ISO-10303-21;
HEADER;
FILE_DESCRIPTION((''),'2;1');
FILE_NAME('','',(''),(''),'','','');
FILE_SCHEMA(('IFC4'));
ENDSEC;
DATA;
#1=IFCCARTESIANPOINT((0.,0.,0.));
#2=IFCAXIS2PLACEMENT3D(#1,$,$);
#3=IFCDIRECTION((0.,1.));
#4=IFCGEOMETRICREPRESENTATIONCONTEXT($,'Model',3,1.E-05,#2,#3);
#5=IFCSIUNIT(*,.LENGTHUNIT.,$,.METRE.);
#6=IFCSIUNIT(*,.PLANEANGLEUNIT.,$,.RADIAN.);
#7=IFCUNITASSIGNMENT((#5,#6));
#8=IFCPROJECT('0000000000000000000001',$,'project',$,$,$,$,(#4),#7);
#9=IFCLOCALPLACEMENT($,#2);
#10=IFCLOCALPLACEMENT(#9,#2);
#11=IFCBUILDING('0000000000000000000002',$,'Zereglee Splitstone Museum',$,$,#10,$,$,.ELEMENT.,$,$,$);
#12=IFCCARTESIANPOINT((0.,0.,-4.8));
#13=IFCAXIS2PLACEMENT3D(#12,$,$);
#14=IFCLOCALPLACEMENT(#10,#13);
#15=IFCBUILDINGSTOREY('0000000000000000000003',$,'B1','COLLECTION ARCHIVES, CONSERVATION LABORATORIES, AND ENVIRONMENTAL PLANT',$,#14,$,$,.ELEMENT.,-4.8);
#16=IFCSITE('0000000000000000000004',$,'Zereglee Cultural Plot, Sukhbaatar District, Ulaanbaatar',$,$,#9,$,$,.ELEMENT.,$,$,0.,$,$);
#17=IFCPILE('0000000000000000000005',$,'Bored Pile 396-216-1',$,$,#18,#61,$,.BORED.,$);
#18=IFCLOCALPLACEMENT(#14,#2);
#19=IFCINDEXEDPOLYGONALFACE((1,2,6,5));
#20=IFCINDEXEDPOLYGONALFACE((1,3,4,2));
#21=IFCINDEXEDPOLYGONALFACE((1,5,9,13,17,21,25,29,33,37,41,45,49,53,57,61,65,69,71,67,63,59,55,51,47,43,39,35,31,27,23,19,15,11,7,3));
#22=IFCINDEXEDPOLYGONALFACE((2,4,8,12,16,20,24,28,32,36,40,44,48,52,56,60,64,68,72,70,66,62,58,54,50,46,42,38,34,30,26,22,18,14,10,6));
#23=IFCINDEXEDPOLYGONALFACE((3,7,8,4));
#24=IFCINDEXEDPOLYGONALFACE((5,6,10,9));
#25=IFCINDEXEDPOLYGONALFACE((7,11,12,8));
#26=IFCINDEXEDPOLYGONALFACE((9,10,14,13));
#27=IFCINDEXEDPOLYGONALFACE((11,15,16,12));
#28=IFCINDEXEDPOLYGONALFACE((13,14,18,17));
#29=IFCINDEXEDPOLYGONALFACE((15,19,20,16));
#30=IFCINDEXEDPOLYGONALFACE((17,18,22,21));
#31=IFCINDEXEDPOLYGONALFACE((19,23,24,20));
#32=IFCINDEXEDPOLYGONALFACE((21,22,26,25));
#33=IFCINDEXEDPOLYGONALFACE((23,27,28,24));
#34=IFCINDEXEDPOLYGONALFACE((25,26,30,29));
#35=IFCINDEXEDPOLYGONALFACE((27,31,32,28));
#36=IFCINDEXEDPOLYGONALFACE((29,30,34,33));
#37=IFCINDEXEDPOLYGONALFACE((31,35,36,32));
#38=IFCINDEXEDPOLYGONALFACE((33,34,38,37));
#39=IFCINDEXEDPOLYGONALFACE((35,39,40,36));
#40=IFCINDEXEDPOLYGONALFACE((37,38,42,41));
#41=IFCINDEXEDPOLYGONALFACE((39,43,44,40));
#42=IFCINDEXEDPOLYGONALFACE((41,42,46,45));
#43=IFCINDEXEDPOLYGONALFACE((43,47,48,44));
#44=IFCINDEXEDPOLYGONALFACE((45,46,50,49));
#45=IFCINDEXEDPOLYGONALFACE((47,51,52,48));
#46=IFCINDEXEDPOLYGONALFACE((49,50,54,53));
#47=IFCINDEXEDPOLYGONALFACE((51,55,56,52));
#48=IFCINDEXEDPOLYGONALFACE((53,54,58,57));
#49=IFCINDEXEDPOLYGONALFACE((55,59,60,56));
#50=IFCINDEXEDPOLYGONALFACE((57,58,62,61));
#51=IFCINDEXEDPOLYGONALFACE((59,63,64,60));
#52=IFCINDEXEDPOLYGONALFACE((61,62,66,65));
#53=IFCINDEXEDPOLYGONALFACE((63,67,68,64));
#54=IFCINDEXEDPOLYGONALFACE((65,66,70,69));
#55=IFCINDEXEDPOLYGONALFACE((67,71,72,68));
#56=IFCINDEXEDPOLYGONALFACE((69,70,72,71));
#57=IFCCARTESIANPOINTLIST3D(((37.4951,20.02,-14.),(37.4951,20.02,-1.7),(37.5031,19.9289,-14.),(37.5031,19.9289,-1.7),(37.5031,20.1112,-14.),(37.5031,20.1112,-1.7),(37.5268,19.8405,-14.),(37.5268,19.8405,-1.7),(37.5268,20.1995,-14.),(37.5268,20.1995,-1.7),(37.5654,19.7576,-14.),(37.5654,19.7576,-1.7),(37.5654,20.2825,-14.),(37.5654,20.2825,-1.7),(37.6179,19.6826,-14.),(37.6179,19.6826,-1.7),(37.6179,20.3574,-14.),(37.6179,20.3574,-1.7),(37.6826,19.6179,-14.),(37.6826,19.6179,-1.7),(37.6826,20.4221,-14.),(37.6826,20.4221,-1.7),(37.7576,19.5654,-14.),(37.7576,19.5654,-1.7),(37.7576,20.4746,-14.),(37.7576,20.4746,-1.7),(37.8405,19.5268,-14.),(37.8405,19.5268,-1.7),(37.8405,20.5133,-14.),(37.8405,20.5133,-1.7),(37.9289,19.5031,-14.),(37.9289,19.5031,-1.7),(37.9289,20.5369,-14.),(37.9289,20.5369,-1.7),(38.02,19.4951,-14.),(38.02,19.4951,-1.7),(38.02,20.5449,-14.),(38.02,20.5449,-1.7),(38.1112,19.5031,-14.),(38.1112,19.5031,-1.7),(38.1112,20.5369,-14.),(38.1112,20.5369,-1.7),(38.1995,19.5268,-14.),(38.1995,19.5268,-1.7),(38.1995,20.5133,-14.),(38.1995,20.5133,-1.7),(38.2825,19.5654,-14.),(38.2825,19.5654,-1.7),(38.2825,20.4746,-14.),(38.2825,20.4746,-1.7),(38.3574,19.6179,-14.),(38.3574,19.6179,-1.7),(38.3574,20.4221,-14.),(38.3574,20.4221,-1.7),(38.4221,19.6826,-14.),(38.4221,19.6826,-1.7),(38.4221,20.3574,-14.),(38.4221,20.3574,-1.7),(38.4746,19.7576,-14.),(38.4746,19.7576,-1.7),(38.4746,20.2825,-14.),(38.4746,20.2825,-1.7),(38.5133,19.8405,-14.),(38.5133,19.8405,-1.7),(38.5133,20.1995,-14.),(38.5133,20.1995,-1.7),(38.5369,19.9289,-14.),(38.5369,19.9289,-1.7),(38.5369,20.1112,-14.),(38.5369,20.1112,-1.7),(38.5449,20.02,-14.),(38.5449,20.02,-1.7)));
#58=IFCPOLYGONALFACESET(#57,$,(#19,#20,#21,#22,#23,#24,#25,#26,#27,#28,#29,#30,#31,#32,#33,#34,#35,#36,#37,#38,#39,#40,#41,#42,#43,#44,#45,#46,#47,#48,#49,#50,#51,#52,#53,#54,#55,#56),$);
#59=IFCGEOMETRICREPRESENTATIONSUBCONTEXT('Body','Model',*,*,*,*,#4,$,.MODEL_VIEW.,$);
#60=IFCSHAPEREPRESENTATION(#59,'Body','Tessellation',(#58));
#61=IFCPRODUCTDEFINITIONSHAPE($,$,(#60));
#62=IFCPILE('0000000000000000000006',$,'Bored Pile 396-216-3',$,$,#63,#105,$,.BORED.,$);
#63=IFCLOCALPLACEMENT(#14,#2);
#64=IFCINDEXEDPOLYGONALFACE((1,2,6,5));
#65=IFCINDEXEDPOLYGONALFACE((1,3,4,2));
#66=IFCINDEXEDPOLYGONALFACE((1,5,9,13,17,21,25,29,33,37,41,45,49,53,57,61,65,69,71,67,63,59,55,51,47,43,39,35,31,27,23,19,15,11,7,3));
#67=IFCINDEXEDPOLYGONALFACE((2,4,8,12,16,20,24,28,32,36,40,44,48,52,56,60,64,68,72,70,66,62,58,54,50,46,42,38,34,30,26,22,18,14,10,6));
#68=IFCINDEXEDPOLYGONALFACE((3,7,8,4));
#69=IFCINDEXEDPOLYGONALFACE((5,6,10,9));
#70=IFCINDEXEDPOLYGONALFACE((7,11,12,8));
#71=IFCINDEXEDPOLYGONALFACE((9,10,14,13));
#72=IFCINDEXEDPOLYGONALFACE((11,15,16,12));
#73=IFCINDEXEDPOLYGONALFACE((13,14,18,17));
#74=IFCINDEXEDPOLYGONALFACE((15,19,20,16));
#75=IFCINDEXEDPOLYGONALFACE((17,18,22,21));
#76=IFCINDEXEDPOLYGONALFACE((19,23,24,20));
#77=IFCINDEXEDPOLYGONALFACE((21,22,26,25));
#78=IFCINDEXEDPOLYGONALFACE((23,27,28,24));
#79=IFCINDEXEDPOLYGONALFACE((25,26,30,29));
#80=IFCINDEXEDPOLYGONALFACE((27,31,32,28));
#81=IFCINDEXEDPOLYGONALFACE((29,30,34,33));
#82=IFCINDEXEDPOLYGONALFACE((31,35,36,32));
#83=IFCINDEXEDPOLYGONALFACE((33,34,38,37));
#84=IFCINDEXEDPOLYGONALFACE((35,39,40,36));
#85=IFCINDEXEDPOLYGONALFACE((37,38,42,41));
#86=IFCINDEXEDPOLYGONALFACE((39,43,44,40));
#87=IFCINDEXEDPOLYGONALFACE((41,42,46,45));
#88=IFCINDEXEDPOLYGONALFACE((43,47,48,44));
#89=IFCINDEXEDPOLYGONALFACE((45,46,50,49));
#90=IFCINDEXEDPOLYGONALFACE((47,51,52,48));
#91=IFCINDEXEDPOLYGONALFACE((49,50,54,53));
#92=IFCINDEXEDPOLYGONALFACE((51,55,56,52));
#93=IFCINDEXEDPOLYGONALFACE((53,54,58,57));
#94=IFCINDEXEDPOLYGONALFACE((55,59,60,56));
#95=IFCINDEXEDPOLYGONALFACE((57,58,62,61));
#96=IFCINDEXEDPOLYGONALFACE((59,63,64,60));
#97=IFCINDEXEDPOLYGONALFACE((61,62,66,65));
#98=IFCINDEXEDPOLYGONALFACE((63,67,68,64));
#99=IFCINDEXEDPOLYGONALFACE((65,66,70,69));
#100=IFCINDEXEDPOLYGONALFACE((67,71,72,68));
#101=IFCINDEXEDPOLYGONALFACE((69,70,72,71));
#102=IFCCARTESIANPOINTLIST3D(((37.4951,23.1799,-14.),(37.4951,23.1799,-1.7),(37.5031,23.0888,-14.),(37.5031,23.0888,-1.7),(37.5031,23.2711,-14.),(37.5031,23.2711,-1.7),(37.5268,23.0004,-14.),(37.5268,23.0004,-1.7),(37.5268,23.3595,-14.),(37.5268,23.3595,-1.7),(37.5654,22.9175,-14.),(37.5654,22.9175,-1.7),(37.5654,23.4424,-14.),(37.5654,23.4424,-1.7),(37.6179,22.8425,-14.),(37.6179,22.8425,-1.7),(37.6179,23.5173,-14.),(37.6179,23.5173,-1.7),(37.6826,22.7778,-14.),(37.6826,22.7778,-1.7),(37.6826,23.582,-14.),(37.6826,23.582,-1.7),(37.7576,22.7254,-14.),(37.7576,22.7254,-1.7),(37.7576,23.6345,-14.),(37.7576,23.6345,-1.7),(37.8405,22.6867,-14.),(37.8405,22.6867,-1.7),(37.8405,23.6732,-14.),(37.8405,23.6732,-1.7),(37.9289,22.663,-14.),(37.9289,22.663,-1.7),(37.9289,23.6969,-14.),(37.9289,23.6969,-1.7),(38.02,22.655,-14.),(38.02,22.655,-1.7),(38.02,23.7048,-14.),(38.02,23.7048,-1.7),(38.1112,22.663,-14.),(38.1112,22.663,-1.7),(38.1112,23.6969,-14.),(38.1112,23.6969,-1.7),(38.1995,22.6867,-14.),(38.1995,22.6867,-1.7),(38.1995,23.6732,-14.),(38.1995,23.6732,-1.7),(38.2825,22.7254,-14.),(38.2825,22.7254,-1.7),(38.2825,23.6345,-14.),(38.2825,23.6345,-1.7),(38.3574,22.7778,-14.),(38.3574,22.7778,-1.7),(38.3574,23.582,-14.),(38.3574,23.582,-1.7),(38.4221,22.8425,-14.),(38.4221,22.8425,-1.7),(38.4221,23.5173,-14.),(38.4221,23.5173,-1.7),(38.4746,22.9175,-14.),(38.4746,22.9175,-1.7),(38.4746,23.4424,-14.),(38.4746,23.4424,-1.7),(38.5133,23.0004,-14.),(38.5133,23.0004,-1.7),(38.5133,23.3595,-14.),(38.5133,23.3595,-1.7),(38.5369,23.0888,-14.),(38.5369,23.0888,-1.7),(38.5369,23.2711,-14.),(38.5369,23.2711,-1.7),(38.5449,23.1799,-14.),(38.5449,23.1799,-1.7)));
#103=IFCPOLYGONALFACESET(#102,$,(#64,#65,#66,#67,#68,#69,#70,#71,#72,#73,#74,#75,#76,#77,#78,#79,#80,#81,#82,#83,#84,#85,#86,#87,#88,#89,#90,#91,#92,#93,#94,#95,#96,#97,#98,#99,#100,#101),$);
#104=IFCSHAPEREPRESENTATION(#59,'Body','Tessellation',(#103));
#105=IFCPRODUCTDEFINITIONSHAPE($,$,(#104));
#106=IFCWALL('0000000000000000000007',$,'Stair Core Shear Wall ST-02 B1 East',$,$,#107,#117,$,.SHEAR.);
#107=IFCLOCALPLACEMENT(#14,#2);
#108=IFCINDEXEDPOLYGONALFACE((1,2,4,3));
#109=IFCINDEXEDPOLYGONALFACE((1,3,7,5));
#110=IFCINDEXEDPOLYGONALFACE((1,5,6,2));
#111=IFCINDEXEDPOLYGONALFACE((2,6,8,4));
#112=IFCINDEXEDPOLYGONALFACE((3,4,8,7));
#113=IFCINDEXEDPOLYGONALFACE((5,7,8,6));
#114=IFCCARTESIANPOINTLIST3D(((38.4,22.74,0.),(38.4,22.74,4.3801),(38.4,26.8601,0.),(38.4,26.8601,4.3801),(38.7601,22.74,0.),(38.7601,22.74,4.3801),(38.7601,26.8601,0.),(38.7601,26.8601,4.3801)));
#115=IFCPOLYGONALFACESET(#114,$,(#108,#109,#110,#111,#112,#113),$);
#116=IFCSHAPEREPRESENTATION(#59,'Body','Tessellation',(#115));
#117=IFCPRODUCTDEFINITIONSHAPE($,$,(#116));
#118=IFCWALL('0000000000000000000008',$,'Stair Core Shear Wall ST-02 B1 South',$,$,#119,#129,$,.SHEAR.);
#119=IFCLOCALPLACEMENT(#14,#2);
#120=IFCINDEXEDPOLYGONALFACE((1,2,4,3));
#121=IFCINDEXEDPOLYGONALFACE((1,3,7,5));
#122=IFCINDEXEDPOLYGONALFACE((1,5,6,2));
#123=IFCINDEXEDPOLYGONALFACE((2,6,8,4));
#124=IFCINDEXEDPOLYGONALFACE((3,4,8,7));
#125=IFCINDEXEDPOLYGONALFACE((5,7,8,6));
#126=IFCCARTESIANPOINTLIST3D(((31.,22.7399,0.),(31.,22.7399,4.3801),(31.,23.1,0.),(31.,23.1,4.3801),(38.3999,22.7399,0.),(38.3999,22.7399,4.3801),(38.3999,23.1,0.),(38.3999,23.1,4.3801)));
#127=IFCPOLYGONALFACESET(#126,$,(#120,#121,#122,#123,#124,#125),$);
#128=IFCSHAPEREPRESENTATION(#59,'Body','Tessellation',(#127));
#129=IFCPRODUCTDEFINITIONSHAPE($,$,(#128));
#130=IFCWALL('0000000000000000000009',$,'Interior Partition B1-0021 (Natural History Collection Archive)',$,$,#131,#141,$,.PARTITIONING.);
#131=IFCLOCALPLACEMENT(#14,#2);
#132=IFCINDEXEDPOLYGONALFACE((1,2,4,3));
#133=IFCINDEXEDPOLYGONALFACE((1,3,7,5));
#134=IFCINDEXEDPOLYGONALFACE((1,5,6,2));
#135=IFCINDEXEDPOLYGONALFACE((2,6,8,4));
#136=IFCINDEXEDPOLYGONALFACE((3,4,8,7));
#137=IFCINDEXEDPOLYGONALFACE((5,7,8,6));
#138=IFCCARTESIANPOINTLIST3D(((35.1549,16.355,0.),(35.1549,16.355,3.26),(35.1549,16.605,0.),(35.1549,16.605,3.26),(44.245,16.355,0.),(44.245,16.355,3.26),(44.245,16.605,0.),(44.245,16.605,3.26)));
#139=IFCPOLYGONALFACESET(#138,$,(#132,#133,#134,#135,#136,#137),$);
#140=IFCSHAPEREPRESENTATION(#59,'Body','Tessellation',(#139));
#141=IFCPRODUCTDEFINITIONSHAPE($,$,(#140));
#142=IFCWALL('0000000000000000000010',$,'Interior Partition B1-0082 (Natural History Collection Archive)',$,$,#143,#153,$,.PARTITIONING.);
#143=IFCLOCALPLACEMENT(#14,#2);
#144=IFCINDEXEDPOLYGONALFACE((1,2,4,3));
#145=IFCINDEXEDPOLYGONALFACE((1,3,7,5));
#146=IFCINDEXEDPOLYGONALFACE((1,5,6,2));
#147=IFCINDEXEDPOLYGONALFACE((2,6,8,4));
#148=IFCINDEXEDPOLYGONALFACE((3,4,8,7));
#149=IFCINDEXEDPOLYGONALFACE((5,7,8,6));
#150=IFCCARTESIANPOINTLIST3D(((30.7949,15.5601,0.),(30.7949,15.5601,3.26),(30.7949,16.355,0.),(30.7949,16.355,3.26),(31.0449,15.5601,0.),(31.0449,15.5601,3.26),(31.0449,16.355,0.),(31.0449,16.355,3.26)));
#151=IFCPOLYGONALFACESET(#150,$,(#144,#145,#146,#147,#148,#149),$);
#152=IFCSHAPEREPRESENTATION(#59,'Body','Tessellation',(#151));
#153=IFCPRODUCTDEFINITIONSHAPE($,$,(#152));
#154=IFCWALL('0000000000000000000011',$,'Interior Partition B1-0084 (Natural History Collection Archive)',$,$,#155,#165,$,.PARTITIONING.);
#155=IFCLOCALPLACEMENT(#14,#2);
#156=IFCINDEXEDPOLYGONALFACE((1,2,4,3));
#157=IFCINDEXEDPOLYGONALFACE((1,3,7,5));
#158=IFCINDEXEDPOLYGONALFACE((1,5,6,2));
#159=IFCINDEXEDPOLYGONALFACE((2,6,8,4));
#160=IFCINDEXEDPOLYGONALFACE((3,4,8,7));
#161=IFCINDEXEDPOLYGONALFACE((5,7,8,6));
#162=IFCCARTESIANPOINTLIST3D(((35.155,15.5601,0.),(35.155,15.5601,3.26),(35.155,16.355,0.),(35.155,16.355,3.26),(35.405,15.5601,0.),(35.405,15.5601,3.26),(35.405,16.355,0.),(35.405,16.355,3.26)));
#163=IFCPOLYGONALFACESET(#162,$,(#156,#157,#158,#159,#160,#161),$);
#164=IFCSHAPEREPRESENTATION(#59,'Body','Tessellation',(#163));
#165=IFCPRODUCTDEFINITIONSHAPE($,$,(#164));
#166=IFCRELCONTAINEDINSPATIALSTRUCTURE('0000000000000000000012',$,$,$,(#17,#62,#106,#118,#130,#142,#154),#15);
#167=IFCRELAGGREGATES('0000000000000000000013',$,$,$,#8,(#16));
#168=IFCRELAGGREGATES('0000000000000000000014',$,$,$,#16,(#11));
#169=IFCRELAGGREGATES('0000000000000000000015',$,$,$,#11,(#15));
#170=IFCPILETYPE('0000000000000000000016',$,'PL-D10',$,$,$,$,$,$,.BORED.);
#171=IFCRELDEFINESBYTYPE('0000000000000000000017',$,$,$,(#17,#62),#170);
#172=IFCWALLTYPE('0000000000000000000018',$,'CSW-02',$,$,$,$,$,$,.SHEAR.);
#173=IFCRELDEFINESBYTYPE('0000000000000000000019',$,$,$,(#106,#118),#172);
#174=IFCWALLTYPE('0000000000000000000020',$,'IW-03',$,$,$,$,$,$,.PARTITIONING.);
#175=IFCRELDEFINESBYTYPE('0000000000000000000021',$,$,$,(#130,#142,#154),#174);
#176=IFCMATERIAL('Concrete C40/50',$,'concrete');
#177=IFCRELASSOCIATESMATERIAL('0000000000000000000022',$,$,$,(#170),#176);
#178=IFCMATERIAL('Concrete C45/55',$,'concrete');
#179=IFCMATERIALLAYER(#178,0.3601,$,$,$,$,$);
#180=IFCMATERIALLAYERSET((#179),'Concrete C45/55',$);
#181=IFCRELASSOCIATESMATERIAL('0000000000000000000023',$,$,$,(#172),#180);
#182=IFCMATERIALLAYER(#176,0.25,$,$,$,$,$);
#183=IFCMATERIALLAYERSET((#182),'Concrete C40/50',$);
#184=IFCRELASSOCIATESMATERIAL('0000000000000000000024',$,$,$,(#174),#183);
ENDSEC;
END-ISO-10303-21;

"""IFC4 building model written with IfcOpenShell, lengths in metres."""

from ifc_helpers import new_model, si_unit, direction, frame, frame_2d, origin, origin_2d, place, context, subcontext, project, spatial, rectangle, circle, extrude, material, layer, layer_set, material_profile, profile_set, type_object, element, save


model = new_model("IFC4")

# Units and contexts
model_context = context("Model", 3, precision=1e-05, world=origin(), true_north=direction((0.0, 1.0)))
body_context = subcontext(model_context, "Body", "Model", "MODEL_VIEW")
ifc_project = project(units=[si_unit("LENGTHUNIT", "METRE"), si_unit("PLANEANGLEUNIT", "RADIAN")], contexts=[model_context])

# Site, building, storey
site_placement = place(None, origin())
site = spatial("IfcSite", under=ifc_project, at=site_placement, Name="Zereglee Cultural Plot, Sukhbaatar District, Ulaanbaatar", CompositionType="ELEMENT", RefElevation=0.0)
building_placement = place(site_placement, origin())
building = spatial("IfcBuilding", under=site, at=building_placement, Name="Zereglee Splitstone Museum", CompositionType="ELEMENT")
storey_placement = place(building_placement, frame((0.0, 0.0, -4.8)))
storey = spatial("IfcBuildingStorey", under=building, at=storey_placement, Name="B1", Description="COLLECTION ARCHIVES, CONSERVATION LABORATORIES, AND ENVIRONMENTAL PLANT", CompositionType="ELEMENT", Elevation=-4.8)

# Shared definitions
ifc_material_1 = material(Name="Concrete C40/50", Category="concrete")

# Piles
ifc_material_profile = material_profile(ifc_material_1, circle(Radius=0.5249, at=origin_2d()), Name="PILE D1050")
ifc_profile_set = profile_set([ifc_material_profile], Name="Concrete C40/50")
pile_type = type_object("IfcPileType", Name="PL-D10", PredefinedType="BORED", material=ifc_profile_set)
for number, where, z_axis, x_axis, name in (
    (1, (38.02, 20.02, -1.7), (0.0, 0.0, -1.0), (1.0, 0.0, 0.0), "Bored Pile 396-216-1"),
    (2, (38.02, 23.1799, -1.7), (0.0, 0.0, -1.0), (1.0, 0.0, 0.0), "Bored Pile 396-216-3"),
):
    element("IfcPile", number, at=place(storey_placement, frame(where, z_axis=z_axis, x_axis=x_axis)), inside=storey, type_object=pile_type, Name=name, PredefinedType="BORED", context=body_context, shape_type="SweptSolid", body=[
        extrude(circle(Radius=0.5249, at=origin_2d()), origin(), (0.0, 0.0, 1.0), 12.3),
    ])

# Shared definitions
ifc_material_2 = material(Name="Concrete C45/55", Category="concrete")
ifc_layer_1 = layer(ifc_material_2, 0.3601)
ifc_layer_set_1 = layer_set([ifc_layer_1], Name="Concrete C45/55")
wall_type_1 = type_object("IfcWallType", Name="CSW-02", PredefinedType="SHEAR", material=ifc_layer_set_1)

# Walls
wall_1_placement = place(storey_placement, frame((38.5801, 22.74, 0.0), z_axis=(0.0, 0.0, 1.0), x_axis=(0.0, 1.0, 0.0)))
element("IfcWall", 3, at=wall_1_placement, inside=storey, type_object=wall_type_1, Name="Stair Core Shear Wall ST-02 B1 East", PredefinedType="SHEAR", context=body_context, shape_type="SweptSolid", body=[
    extrude(rectangle(XDim=4.1201, YDim=0.3601, at=frame_2d((2.0601, 0.0))), origin(), (0.0, 0.0, 1.0), 4.3801),
])
wall_2_placement = place(storey_placement, frame((31.0, 22.9199, 0.0), z_axis=(0.0, 0.0, 1.0), x_axis=(1.0, 0.0, 0.0)))
element("IfcWall", 4, at=wall_2_placement, inside=storey, type_object=wall_type_1, Name="Stair Core Shear Wall ST-02 B1 South", PredefinedType="SHEAR", context=body_context, shape_type="SweptSolid", body=[
    extrude(rectangle(XDim=7.3999, YDim=0.3601, at=frame_2d((3.7, 0.0))), origin(), (0.0, 0.0, 1.0), 4.3801),
])

# Walls
ifc_layer_2 = layer(ifc_material_1, 0.25)
ifc_layer_set_2 = layer_set([ifc_layer_2], Name="Concrete C40/50")
wall_type_2 = type_object("IfcWallType", Name="IW-03", PredefinedType="PARTITIONING", material=ifc_layer_set_2)
wall_3_placement = place(storey_placement, frame((35.155, 16.48, 0.0), z_axis=(0.0, 0.0, 1.0), x_axis=(1.0, 0.0, 0.0)))
element("IfcWall", 5, at=wall_3_placement, inside=storey, type_object=wall_type_2, Name="Interior Partition B1-0021 (Natural History Collection Archive)", PredefinedType="PARTITIONING", context=body_context, shape_type="SweptSolid", body=[
    extrude(rectangle(XDim=9.0901, YDim=0.25, at=frame_2d((4.5449, 0.0))), origin(), (0.0, 0.0, 1.0), 3.26),
])
for number, where, z_axis, x_axis, name in (
    (6, (30.9199, 15.5601, 0.0), (0.0, 0.0, 1.0), (0.0, 1.0, 0.0), "Interior Partition B1-0082 (Natural History Collection Archive)"),
    (7, (35.28, 15.5601, 0.0), (0.0, 0.0, 1.0), (0.0, 1.0, 0.0), "Interior Partition B1-0084 (Natural History Collection Archive)"),
):
    element("IfcWall", number, at=place(storey_placement, frame(where, z_axis=z_axis, x_axis=x_axis)), inside=storey, type_object=wall_type_2, Name=name, PredefinedType="PARTITIONING", context=body_context, shape_type="SweptSolid", body=[
        extrude(rectangle(XDim=0.7949, YDim=0.25, at=frame_2d((0.3975, 0.0))), origin(), (0.0, 0.0, 1.0), 3.26),
    ])

save(model, "model.ifc")
